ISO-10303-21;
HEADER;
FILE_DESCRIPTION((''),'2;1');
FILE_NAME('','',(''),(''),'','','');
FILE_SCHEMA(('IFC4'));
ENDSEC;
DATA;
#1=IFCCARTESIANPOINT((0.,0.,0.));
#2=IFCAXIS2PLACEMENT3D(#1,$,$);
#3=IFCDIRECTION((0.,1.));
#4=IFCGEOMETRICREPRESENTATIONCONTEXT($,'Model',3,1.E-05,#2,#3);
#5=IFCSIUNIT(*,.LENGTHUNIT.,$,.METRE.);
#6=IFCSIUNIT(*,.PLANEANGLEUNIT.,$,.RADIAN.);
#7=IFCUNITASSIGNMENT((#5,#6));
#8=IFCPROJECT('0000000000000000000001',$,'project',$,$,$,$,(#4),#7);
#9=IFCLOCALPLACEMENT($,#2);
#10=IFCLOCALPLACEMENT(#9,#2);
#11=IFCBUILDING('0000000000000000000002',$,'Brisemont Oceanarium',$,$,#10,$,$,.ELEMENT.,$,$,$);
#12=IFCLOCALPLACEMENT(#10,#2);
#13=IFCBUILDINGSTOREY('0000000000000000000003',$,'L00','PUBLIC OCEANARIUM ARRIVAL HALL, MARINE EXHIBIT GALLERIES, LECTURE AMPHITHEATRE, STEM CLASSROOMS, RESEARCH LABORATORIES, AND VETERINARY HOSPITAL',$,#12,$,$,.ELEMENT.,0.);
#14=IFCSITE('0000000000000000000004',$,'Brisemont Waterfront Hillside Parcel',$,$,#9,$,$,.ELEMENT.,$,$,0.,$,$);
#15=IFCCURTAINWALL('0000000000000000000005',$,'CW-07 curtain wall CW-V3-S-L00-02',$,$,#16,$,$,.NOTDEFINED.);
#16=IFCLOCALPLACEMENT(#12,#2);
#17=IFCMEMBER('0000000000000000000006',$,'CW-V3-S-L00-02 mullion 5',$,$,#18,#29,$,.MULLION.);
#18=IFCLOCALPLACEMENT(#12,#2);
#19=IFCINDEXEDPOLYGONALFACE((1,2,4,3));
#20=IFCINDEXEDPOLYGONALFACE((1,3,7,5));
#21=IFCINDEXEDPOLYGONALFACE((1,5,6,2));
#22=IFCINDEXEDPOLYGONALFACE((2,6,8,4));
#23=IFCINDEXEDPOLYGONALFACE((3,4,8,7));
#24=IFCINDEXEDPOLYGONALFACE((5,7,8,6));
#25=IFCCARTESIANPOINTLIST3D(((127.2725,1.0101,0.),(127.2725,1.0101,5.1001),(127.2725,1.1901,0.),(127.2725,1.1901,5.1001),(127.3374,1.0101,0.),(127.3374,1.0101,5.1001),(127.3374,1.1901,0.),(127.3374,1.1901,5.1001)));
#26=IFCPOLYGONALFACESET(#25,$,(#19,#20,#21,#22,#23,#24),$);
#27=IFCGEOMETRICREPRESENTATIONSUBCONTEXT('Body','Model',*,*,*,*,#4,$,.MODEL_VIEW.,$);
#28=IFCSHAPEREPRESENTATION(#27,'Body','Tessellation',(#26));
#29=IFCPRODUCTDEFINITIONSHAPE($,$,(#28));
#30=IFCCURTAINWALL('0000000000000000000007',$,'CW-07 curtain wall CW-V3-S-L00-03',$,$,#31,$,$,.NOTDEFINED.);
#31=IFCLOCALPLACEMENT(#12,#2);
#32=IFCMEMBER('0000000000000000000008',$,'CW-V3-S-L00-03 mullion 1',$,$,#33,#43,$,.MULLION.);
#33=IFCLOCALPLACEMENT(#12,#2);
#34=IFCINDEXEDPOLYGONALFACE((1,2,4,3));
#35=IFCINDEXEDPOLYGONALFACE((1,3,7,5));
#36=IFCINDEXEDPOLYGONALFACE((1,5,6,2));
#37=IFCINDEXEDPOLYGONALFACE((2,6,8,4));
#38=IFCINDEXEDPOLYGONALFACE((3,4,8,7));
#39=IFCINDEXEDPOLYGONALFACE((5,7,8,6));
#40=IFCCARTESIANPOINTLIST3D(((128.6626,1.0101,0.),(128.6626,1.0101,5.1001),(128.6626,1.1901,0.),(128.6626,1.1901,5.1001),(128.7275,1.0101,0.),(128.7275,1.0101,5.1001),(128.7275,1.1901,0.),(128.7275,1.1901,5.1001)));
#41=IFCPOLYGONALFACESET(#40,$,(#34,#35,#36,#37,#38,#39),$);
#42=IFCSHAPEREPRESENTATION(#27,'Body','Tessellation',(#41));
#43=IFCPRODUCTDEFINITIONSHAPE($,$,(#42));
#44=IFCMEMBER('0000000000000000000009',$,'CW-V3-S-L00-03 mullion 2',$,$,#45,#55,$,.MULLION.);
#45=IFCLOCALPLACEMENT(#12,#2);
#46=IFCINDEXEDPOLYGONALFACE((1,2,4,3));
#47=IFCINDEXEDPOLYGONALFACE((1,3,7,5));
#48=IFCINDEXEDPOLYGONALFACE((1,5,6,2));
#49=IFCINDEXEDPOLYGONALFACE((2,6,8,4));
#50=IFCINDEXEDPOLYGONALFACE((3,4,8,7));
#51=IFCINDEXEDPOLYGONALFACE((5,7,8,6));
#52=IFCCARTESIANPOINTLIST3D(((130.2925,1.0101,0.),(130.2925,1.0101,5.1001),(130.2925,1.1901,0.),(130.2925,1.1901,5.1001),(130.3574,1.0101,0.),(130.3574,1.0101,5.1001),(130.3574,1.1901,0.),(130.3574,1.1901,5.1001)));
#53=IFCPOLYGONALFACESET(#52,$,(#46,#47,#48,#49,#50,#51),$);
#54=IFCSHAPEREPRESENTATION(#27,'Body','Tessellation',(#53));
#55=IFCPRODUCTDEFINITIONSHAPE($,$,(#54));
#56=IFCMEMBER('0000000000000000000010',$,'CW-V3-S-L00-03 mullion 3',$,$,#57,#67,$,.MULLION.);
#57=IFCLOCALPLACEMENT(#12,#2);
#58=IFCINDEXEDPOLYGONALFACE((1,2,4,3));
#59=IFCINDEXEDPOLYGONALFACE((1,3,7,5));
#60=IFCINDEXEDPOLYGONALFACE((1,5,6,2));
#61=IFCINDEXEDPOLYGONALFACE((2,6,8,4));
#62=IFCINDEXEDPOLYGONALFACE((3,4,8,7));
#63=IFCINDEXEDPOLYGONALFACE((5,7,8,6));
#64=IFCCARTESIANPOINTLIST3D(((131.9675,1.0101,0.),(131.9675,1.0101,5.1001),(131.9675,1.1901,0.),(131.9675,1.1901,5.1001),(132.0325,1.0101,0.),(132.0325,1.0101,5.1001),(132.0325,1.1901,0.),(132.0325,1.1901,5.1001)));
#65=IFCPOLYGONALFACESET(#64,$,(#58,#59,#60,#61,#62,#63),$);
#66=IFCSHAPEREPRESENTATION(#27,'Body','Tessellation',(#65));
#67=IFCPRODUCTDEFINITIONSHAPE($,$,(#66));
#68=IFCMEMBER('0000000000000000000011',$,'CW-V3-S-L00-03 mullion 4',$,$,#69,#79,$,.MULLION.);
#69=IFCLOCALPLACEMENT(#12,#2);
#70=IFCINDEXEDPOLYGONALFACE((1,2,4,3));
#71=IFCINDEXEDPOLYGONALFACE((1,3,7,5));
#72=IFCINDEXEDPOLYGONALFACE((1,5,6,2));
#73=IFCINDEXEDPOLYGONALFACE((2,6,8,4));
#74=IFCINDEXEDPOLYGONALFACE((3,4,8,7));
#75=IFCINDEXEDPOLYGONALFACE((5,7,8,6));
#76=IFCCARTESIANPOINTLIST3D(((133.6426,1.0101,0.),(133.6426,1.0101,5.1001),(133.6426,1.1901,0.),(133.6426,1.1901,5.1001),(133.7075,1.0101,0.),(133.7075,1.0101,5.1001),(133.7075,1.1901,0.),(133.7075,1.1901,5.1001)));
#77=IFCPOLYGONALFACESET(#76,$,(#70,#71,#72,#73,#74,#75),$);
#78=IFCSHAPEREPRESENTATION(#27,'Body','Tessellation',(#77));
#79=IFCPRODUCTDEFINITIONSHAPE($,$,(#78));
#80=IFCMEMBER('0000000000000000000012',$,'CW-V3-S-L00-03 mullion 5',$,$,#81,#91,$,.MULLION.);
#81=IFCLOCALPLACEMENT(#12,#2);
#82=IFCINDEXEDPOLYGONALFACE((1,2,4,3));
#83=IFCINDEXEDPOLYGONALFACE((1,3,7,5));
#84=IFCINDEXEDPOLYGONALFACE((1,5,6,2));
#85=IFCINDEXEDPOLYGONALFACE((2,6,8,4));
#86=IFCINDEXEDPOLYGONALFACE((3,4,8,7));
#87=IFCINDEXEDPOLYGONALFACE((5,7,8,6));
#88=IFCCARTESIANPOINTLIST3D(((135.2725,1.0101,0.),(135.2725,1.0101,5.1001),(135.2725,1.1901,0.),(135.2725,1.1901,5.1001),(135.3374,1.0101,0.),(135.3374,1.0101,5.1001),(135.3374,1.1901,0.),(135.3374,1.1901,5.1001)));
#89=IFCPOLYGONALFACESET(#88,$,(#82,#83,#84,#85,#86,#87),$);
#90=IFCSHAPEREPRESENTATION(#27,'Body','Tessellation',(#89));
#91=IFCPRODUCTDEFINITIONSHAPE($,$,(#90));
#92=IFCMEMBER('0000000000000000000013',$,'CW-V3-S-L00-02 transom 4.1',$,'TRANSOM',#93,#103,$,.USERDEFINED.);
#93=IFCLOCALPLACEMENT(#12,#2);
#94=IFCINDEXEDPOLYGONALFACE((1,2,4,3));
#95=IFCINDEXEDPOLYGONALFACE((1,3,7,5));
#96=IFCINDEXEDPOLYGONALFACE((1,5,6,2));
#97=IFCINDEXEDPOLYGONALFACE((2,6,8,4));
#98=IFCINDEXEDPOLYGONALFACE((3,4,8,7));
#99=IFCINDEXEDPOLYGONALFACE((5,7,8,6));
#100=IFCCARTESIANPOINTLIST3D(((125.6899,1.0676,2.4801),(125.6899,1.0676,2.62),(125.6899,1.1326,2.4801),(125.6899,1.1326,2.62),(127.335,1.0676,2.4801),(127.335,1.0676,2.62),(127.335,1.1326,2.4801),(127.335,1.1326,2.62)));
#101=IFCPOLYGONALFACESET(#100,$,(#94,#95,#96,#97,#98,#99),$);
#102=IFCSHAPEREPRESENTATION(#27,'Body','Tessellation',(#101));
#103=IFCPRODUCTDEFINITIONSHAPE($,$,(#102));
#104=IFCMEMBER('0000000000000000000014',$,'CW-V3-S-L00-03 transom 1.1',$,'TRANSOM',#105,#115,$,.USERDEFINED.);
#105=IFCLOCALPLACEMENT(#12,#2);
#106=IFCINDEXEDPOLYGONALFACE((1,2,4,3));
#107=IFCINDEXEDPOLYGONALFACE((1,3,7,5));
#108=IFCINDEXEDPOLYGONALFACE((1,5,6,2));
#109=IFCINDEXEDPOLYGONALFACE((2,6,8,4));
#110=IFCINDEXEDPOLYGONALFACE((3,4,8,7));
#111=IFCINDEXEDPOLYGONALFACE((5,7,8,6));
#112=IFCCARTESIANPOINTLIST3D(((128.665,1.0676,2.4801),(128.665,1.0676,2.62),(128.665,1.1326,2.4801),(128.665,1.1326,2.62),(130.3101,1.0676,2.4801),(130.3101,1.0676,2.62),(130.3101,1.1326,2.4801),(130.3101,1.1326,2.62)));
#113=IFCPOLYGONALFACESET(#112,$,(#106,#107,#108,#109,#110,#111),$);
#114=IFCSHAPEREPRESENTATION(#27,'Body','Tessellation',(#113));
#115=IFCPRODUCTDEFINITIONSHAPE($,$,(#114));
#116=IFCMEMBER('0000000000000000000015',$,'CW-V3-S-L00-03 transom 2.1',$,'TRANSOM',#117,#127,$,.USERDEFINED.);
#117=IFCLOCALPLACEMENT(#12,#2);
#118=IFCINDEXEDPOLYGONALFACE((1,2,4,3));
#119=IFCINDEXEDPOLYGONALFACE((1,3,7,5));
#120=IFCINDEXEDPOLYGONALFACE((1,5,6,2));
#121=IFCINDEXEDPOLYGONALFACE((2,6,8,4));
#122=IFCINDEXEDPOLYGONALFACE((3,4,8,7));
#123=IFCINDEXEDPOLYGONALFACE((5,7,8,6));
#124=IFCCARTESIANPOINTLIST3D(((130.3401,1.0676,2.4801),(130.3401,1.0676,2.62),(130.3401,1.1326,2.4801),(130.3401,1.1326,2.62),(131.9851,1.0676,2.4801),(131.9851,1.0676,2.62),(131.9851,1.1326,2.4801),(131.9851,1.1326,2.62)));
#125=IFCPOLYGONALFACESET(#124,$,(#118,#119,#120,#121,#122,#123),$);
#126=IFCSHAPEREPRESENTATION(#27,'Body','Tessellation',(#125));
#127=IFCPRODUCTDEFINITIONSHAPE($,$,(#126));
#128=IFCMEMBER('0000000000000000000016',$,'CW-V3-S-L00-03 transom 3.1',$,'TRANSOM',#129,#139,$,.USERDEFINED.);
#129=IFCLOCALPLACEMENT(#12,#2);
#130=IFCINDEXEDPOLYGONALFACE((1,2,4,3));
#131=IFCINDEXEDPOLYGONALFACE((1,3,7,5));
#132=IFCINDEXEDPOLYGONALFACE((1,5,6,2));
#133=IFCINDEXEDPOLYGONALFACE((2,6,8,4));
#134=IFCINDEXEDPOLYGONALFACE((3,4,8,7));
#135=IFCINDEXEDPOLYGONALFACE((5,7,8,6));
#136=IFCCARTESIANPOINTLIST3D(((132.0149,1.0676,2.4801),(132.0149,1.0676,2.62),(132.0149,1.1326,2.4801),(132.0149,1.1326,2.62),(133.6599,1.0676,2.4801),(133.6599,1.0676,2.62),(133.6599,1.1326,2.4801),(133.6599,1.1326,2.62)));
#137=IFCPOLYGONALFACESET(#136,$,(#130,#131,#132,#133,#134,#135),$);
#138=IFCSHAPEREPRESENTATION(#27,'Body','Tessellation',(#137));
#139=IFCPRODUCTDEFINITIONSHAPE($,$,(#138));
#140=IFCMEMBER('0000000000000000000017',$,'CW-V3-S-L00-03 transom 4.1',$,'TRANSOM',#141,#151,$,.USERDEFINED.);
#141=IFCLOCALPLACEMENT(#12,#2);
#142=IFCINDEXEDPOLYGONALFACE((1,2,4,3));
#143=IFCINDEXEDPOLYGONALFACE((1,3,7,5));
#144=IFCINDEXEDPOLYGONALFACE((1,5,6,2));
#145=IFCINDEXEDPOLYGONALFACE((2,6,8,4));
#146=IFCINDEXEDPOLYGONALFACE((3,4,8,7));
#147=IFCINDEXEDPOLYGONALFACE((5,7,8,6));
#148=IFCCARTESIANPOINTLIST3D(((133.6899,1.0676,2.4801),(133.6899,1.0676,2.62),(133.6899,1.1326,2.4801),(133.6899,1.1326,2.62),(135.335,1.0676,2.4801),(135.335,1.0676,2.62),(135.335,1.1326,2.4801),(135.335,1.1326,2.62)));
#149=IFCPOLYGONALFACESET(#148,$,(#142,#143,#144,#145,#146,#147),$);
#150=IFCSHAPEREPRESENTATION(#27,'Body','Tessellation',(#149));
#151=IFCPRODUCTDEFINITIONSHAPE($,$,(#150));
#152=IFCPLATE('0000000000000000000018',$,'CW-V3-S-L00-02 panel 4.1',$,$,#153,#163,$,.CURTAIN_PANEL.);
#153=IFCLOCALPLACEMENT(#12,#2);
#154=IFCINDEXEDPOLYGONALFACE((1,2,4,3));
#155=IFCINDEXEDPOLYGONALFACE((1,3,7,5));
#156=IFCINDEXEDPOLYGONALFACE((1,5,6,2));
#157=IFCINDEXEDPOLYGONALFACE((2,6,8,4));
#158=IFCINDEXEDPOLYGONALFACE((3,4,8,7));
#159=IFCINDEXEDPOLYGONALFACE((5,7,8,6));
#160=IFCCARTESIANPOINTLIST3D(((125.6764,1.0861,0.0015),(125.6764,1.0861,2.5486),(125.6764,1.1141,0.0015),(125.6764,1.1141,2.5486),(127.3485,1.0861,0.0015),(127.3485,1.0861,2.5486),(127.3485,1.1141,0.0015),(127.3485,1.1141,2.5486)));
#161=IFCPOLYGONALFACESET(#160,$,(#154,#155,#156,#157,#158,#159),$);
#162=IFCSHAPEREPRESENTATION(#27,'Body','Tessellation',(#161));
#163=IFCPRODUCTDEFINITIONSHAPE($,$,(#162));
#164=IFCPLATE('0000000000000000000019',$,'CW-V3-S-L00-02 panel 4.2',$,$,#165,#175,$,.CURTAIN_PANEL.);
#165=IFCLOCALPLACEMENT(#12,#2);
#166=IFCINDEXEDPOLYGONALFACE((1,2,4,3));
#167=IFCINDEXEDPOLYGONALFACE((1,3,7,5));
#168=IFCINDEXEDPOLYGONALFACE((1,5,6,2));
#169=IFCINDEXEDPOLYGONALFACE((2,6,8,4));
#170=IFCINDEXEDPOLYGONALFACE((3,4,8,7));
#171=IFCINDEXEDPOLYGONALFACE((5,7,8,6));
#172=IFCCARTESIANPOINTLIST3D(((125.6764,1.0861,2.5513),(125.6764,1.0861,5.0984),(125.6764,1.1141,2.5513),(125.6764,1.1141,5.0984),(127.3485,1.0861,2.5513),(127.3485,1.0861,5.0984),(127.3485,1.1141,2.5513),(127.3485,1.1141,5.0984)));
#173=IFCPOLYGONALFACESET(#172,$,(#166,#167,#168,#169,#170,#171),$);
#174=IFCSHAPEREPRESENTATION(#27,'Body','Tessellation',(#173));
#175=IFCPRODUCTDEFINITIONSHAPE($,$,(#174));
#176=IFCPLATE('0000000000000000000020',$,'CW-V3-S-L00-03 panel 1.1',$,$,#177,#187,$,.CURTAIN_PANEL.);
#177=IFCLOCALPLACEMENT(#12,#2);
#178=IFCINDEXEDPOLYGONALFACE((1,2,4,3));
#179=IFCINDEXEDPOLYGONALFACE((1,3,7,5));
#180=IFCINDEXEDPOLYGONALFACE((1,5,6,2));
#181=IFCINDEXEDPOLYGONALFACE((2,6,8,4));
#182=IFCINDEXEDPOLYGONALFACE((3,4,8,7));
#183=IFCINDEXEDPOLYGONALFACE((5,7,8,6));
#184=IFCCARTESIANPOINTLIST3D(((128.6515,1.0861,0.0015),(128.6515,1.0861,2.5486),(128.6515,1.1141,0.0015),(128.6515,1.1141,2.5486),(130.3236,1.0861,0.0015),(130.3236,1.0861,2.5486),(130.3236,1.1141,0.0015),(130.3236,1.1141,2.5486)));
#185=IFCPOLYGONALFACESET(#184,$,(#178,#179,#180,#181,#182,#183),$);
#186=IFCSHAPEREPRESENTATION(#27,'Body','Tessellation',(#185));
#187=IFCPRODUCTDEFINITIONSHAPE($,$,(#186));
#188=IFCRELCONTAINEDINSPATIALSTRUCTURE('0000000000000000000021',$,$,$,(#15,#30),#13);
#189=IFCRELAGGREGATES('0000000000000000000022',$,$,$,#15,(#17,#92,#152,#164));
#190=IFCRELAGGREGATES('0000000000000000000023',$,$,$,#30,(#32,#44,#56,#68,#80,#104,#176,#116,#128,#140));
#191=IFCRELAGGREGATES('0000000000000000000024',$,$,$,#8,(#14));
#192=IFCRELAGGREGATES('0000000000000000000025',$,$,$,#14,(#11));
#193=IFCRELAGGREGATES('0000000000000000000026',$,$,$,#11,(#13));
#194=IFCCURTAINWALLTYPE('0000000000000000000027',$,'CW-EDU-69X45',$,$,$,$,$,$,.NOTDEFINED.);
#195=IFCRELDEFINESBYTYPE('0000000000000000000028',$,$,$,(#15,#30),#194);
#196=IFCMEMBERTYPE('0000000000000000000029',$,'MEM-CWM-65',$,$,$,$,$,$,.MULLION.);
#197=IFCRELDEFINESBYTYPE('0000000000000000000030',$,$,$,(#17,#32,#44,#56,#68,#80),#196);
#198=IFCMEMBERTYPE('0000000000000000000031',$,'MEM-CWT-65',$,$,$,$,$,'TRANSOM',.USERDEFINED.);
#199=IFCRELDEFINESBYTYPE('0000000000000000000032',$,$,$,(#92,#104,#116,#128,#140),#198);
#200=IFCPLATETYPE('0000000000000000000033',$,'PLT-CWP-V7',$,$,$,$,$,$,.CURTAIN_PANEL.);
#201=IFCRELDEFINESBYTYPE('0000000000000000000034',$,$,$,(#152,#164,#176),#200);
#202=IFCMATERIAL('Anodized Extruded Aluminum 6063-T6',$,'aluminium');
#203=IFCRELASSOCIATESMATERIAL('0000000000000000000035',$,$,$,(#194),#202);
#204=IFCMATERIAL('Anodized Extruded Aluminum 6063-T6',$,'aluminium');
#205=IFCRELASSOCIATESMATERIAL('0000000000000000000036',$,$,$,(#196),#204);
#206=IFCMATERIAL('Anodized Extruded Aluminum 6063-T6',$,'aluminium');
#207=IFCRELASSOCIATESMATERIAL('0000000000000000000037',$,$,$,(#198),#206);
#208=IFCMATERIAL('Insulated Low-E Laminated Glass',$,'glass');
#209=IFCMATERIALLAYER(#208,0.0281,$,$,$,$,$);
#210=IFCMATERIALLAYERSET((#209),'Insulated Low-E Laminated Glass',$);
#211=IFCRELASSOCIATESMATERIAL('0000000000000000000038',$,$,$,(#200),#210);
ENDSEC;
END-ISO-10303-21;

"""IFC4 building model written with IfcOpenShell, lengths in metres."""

from ifc_helpers import new_model, si_unit, direction, frame, origin, origin_2d, place, context, subcontext, project, spatial, rectangle, extrude, material, layer, layer_set, material_profile, profile_set, type_object, element, aggregate, save


model = new_model("IFC4")

# Units and contexts
model_context = context("Model", 3, precision=1e-05, world=origin(), true_north=direction((0.0, 1.0)))
body_context = subcontext(model_context, "Body", "Model", "MODEL_VIEW")
ifc_project = project(units=[si_unit("LENGTHUNIT", "METRE"), si_unit("PLANEANGLEUNIT", "RADIAN")], contexts=[model_context])

# Site, building, storey
site_placement = place(None, origin())
site = spatial("IfcSite", under=ifc_project, at=site_placement, Name="Brisemont Waterfront Hillside Parcel", CompositionType="ELEMENT", RefElevation=0.0)
building_placement = place(site_placement, origin())
building = spatial("IfcBuilding", under=site, at=building_placement, Name="Brisemont Oceanarium", CompositionType="ELEMENT")
storey_placement = place(building_placement, origin())
storey = spatial("IfcBuildingStorey", under=building, at=storey_placement, Name="L00", Description="PUBLIC OCEANARIUM ARRIVAL HALL, MARINE EXHIBIT GALLERIES, LECTURE AMPHITHEATRE, STEM CLASSROOMS, RESEARCH LABORATORIES, AND VETERINARY HOSPITAL", CompositionType="ELEMENT", Elevation=0.0)

# Curtain wall, member
ifc_material_1 = material(Name="Anodized Extruded Aluminum 6063-T6", Category="aluminium")
curtain_wall_type = type_object("IfcCurtainWallType", Name="CW-EDU-69X45", PredefinedType="NOTDEFINED", material=ifc_material_1)
curtain_wall_1_placement = place(storey_placement, origin())
curtain_wall_1 = element("IfcCurtainWall", 1, at=curtain_wall_1_placement, inside=storey, type_object=curtain_wall_type, Name="CW-07 curtain wall CW-V3-S-L00-02", PredefinedType="NOTDEFINED")
ifc_material_2 = material(Name="Anodized Extruded Aluminum 6063-T6", Category="aluminium")
ifc_material_profile_1 = material_profile(ifc_material_2, rectangle(XDim=0.0649, YDim=0.1799, at=origin_2d()), Name="CWM-65X180")
ifc_profile_set_1 = profile_set([ifc_material_profile_1], Name="Anodized Extruded Aluminum 6063-T6")
member_type_1 = type_object("IfcMemberType", Name="MEM-CWM-65", PredefinedType="MULLION", material=ifc_profile_set_1)
member_1_placement = place(storey_placement, frame((127.3049, 1.1001, 0.0), z_axis=(0.0, 0.0, 1.0), x_axis=(1.0, 0.0, 0.0)))
member_1 = element("IfcMember", 2, at=member_1_placement, type_object=member_type_1, Name="CW-V3-S-L00-02 mullion 5", PredefinedType="MULLION", context=body_context, shape_type="SweptSolid", body=[
    extrude(rectangle(XDim=0.0649, YDim=0.1799, at=origin_2d()), origin(), (0.0, 0.0, 1.0), 5.1001),
])

# Curtain wall, members
curtain_wall_2_placement = place(storey_placement, origin())
curtain_wall_2 = element("IfcCurtainWall", 3, at=curtain_wall_2_placement, inside=storey, type_object=curtain_wall_type, Name="CW-07 curtain wall CW-V3-S-L00-03", PredefinedType="NOTDEFINED")
member_2_placement = place(storey_placement, frame((128.6951, 1.1001, 0.0), z_axis=(0.0, 0.0, 1.0), x_axis=(1.0, 0.0, 0.0)))
member_2 = element("IfcMember", 4, at=member_2_placement, type_object=member_type_1, Name="CW-V3-S-L00-03 mullion 1", PredefinedType="MULLION", context=body_context, shape_type="SweptSolid", body=[
    extrude(rectangle(XDim=0.0649, YDim=0.1799, at=origin_2d()), origin(), (0.0, 0.0, 1.0), 5.1001),
])
member_3_placement = place(storey_placement, frame((130.325, 1.1001, 0.0), z_axis=(0.0, 0.0, 1.0), x_axis=(1.0, 0.0, 0.0)))
member_3 = element("IfcMember", 5, at=member_3_placement, type_object=member_type_1, Name="CW-V3-S-L00-03 mullion 2", PredefinedType="MULLION", context=body_context, shape_type="SweptSolid", body=[
    extrude(rectangle(XDim=0.0649, YDim=0.1799, at=origin_2d()), origin(), (0.0, 0.0, 1.0), 5.1001),
])
member_4_placement = place(storey_placement, frame((132.0, 1.1001, 0.0), z_axis=(0.0, 0.0, 1.0), x_axis=(1.0, 0.0, 0.0)))
member_4 = element("IfcMember", 6, at=member_4_placement, type_object=member_type_1, Name="CW-V3-S-L00-03 mullion 3", PredefinedType="MULLION", context=body_context, shape_type="SweptSolid", body=[
    extrude(rectangle(XDim=0.0649, YDim=0.1799, at=origin_2d()), origin(), (0.0, 0.0, 1.0), 5.1001),
])
member_5_placement = place(storey_placement, frame((133.675, 1.1001, 0.0), z_axis=(0.0, 0.0, 1.0), x_axis=(1.0, 0.0, 0.0)))
member_5 = element("IfcMember", 7, at=member_5_placement, type_object=member_type_1, Name="CW-V3-S-L00-03 mullion 4", PredefinedType="MULLION", context=body_context, shape_type="SweptSolid", body=[
    extrude(rectangle(XDim=0.0649, YDim=0.1799, at=origin_2d()), origin(), (0.0, 0.0, 1.0), 5.1001),
])
member_6_placement = place(storey_placement, frame((135.3049, 1.1001, 0.0), z_axis=(0.0, 0.0, 1.0), x_axis=(1.0, 0.0, 0.0)))
member_6 = element("IfcMember", 8, at=member_6_placement, type_object=member_type_1, Name="CW-V3-S-L00-03 mullion 5", PredefinedType="MULLION", context=body_context, shape_type="SweptSolid", body=[
    extrude(rectangle(XDim=0.0649, YDim=0.1799, at=origin_2d()), origin(), (0.0, 0.0, 1.0), 5.1001),
])

# Members
ifc_material_3 = material(Name="Anodized Extruded Aluminum 6063-T6", Category="aluminium")
ifc_material_profile_2 = material_profile(ifc_material_3, rectangle(XDim=0.0649, YDim=0.1399, at=origin_2d()), Name="CWT-65X140")
ifc_profile_set_2 = profile_set([ifc_material_profile_2], Name="Anodized Extruded Aluminum 6063-T6")
member_type_2 = type_object("IfcMemberType", Name="MEM-CWT-65", ElementType="TRANSOM", PredefinedType="USERDEFINED", material=ifc_profile_set_2)
member_7_placement = place(storey_placement, frame((125.6899, 1.1001, 2.55), z_axis=(1.0, 0.0, 0.0), x_axis=(0.0, 1.0, 0.0)))
member_7 = element("IfcMember", 9, at=member_7_placement, type_object=member_type_2, Name="CW-V3-S-L00-02 transom 4.1", ObjectType="TRANSOM", PredefinedType="USERDEFINED", context=body_context, shape_type="SweptSolid", body=[
    extrude(rectangle(XDim=0.0649, YDim=0.1399, at=origin_2d()), origin(), (0.0, 0.0, 1.0), 1.645),
])
member_8_placement = place(storey_placement, frame((128.665, 1.1001, 2.55), z_axis=(1.0, 0.0, 0.0), x_axis=(0.0, 1.0, 0.0)))
member_8 = element("IfcMember", 10, at=member_8_placement, type_object=member_type_2, Name="CW-V3-S-L00-03 transom 1.1", ObjectType="TRANSOM", PredefinedType="USERDEFINED", context=body_context, shape_type="SweptSolid", body=[
    extrude(rectangle(XDim=0.0649, YDim=0.1399, at=origin_2d()), origin(), (0.0, 0.0, 1.0), 1.645),
])
member_9_placement = place(storey_placement, frame((130.3401, 1.1001, 2.55), z_axis=(1.0, 0.0, 0.0), x_axis=(0.0, 1.0, 0.0)))
member_9 = element("IfcMember", 11, at=member_9_placement, type_object=member_type_2, Name="CW-V3-S-L00-03 transom 2.1", ObjectType="TRANSOM", PredefinedType="USERDEFINED", context=body_context, shape_type="SweptSolid", body=[
    extrude(rectangle(XDim=0.0649, YDim=0.1399, at=origin_2d()), origin(), (0.0, 0.0, 1.0), 1.645),
])
member_10_placement = place(storey_placement, frame((132.0149, 1.1001, 2.55), z_axis=(1.0, 0.0, 0.0), x_axis=(0.0, 1.0, 0.0)))
member_10 = element("IfcMember", 12, at=member_10_placement, type_object=member_type_2, Name="CW-V3-S-L00-03 transom 3.1", ObjectType="TRANSOM", PredefinedType="USERDEFINED", context=body_context, shape_type="SweptSolid", body=[
    extrude(rectangle(XDim=0.0649, YDim=0.1399, at=origin_2d()), origin(), (0.0, 0.0, 1.0), 1.645),
])
member_11_placement = place(storey_placement, frame((133.6899, 1.1001, 2.55), z_axis=(1.0, 0.0, 0.0), x_axis=(0.0, 1.0, 0.0)))
member_11 = element("IfcMember", 13, at=member_11_placement, type_object=member_type_2, Name="CW-V3-S-L00-03 transom 4.1", ObjectType="TRANSOM", PredefinedType="USERDEFINED", context=body_context, shape_type="SweptSolid", body=[
    extrude(rectangle(XDim=0.0649, YDim=0.1399, at=origin_2d()), origin(), (0.0, 0.0, 1.0), 1.645),
])

# Plates
ifc_material_4 = material(Name="Insulated Low-E Laminated Glass", Category="glass")
ifc_layer = layer(ifc_material_4, 0.0281)
ifc_layer_set = layer_set([ifc_layer], Name="Insulated Low-E Laminated Glass")
plate_type = type_object("IfcPlateType", Name="PLT-CWP-V7", PredefinedType="CURTAIN_PANEL", material=ifc_layer_set)
plate_1_placement = place(storey_placement, frame((126.5125, 1.1001, 0.0015), z_axis=(0.0, 0.0, 1.0), x_axis=(1.0, 0.0, 0.0)))
plate_1 = element("IfcPlate", 14, at=plate_1_placement, type_object=plate_type, Name="CW-V3-S-L00-02 panel 4.1", PredefinedType="CURTAIN_PANEL", context=body_context, shape_type="SweptSolid", body=[
    extrude(rectangle(XDim=1.6721, YDim=0.0281, at=origin_2d()), origin(), (0.0, 0.0, 1.0), 2.5471),
])
plate_2_placement = place(storey_placement, frame((126.5125, 1.1001, 2.5513), z_axis=(0.0, 0.0, 1.0), x_axis=(1.0, 0.0, 0.0)))
plate_2 = element("IfcPlate", 15, at=plate_2_placement, type_object=plate_type, Name="CW-V3-S-L00-02 panel 4.2", PredefinedType="CURTAIN_PANEL", context=body_context, shape_type="SweptSolid", body=[
    extrude(rectangle(XDim=1.6721, YDim=0.0281, at=origin_2d()), origin(), (0.0, 0.0, 1.0), 2.5471),
])
aggregate(curtain_wall_1, [member_1, member_7, plate_1, plate_2])
plate_3_placement = place(storey_placement, frame((129.4875, 1.1001, 0.0015), z_axis=(0.0, 0.0, 1.0), x_axis=(1.0, 0.0, 0.0)))
plate_3 = element("IfcPlate", 16, at=plate_3_placement, type_object=plate_type, Name="CW-V3-S-L00-03 panel 1.1", PredefinedType="CURTAIN_PANEL", context=body_context, shape_type="SweptSolid", body=[
    extrude(rectangle(XDim=1.6721, YDim=0.0281, at=origin_2d()), origin(), (0.0, 0.0, 1.0), 2.5471),
])
aggregate(curtain_wall_2, [member_2, member_3, member_4, member_5, member_6, member_8, plate_3, member_9, member_10, member_11])

save(model, "model.ifc")
